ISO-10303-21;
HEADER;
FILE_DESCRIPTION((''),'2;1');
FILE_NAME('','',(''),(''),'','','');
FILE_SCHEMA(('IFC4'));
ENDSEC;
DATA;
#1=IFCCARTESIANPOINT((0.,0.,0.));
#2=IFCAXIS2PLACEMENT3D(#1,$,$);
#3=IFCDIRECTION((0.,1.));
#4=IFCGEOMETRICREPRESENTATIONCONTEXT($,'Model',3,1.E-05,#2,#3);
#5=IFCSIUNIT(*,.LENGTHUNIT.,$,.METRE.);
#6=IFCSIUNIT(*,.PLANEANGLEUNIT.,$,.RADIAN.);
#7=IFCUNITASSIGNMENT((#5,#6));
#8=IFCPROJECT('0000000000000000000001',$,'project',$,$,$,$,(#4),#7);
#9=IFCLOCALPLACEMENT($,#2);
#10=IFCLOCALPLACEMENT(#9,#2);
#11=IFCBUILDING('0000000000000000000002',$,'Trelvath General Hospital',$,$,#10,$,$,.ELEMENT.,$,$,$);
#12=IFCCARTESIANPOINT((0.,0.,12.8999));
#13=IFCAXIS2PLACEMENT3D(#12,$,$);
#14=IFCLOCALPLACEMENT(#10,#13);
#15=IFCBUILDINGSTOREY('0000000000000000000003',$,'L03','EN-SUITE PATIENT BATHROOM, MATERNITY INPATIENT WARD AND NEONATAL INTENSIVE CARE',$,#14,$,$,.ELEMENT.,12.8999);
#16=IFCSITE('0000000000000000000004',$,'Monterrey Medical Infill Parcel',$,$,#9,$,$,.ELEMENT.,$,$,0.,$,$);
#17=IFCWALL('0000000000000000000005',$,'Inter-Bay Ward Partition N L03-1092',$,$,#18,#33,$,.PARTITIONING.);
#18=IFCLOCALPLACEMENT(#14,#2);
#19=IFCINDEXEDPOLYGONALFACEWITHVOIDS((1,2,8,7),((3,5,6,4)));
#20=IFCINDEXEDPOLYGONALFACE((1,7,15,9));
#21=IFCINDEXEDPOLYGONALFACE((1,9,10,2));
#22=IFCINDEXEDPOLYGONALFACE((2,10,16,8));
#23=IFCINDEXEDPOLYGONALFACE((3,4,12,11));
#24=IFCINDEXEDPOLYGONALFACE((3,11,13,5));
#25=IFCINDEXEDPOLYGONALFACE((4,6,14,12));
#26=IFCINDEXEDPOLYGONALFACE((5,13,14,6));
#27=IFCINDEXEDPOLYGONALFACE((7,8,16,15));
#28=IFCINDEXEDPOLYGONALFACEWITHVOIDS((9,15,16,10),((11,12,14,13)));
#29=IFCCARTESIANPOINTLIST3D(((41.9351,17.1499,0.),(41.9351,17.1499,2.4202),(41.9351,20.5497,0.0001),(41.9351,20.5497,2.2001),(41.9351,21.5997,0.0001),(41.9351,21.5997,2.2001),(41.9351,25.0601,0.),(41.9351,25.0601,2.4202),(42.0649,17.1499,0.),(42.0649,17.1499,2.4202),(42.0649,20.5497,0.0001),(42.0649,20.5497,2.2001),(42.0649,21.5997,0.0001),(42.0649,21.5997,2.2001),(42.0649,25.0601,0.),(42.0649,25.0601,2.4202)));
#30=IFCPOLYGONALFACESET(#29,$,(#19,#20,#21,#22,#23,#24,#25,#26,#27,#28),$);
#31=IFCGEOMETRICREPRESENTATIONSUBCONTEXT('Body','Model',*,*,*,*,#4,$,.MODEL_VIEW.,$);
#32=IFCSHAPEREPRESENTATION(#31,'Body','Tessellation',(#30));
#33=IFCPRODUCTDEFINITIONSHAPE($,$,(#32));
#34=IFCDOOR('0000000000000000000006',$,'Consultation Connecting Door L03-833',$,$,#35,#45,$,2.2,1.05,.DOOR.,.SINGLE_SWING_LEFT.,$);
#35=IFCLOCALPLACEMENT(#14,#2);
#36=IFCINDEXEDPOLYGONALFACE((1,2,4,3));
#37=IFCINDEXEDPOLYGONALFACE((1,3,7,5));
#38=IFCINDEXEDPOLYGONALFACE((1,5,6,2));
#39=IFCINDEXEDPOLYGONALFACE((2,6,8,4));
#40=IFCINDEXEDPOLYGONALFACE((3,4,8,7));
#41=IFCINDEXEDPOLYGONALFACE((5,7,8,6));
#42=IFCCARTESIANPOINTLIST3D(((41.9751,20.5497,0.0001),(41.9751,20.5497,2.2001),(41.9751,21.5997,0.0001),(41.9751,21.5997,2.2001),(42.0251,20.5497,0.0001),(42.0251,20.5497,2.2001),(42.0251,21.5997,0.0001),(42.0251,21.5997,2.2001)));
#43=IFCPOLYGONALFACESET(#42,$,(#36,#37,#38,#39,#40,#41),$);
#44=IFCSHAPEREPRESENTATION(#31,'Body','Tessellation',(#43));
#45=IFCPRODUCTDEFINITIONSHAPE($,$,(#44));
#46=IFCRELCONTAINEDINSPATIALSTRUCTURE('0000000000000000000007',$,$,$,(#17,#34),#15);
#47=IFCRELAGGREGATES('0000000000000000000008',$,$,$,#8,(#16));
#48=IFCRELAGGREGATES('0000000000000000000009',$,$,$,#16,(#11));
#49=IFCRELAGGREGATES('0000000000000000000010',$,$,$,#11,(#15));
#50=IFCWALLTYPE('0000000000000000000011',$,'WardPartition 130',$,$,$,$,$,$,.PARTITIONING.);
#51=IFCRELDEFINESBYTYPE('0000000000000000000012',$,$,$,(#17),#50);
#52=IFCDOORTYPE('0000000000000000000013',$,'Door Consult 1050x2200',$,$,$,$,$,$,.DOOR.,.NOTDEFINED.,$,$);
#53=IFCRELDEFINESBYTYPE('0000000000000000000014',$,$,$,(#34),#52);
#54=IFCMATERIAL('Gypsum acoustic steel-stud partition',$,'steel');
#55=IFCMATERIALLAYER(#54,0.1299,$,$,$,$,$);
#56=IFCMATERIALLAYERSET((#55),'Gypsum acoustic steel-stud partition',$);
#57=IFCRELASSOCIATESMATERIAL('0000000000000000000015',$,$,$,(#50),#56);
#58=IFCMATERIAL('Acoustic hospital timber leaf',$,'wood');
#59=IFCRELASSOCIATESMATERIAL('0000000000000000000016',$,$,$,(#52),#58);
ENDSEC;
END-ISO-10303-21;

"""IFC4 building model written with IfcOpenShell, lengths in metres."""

from ifc_helpers import new_model, si_unit, direction, frame, frame_2d, origin, place, context, subcontext, project, spatial, rectangle, extrude, material, layer, layer_set, type_object, element, fill, save


model = new_model("IFC4")

# Units and contexts
model_context = context("Model", 3, precision=1e-05, world=origin(), true_north=direction((0.0, 1.0)))
body_context = subcontext(model_context, "Body", "Model", "MODEL_VIEW")
ifc_project = project(units=[si_unit("LENGTHUNIT", "METRE"), si_unit("PLANEANGLEUNIT", "RADIAN")], contexts=[model_context])

# Site, building, storey
site_placement = place(None, origin())
site = spatial("IfcSite", under=ifc_project, at=site_placement, Name="Monterrey Medical Infill Parcel", CompositionType="ELEMENT", RefElevation=0.0)
building_placement = place(site_placement, origin())
building = spatial("IfcBuilding", under=site, at=building_placement, Name="Trelvath General Hospital", CompositionType="ELEMENT")
storey_placement = place(building_placement, frame((0.0, 0.0, 12.8999)))
storey = spatial("IfcBuildingStorey", under=building, at=storey_placement, Name="L03", Description="EN-SUITE PATIENT BATHROOM, MATERNITY INPATIENT WARD AND NEONATAL INTENSIVE CARE", CompositionType="ELEMENT", Elevation=12.8999)

# Wall, opening, door
ifc_material_1 = material(Name="Gypsum acoustic steel-stud partition", Category="steel")
ifc_layer_1 = layer(ifc_material_1, 0.1299)
ifc_layer_set_1 = layer_set([ifc_layer_1], Name="Gypsum acoustic steel-stud partition")
wall_type_1 = type_object("IfcWallType", Name="WardPartition 130", PredefinedType="PARTITIONING", material=ifc_layer_set_1)
wall_1_placement = place(storey_placement, frame((42.0, 17.1499, 0.0), z_axis=(0.0, 0.0, 1.0), x_axis=(0.0, 1.0, 0.0)))
wall_1 = element("IfcWall", 1, at=wall_1_placement, inside=storey, type_object=wall_type_1, Name="Inter-Bay Ward Partition N L03-1092", PredefinedType="PARTITIONING", context=body_context, shape_type="SweptSolid", body=[
    extrude(rectangle(XDim=7.9102, YDim=0.1299, at=frame_2d((3.9551, 0.0))), origin(), (0.0, 0.0, 1.0), 2.4202),
])
opening_1_placement = place(wall_1_placement, frame((3.3999, 0.0, 0.0)))
opening_1 = element("IfcOpeningElement", 2, at=opening_1_placement, cuts=wall_1, PredefinedType="OPENING", context=body_context, shape_type="SweptSolid", body=[
    extrude(rectangle(XDim=1.05, YDim=2.2, at=frame_2d((0.5249, 1.1001))), frame((0.0, 0.075, 0.0), z_axis=(0.0, -1.0, 0.0), x_axis=(1.0, 0.0, 0.0)), (0.0, 0.0, 1.0), 0.1499),
])
ifc_material_2 = material(Name="Acoustic hospital timber leaf", Category="wood")
door_type_1 = type_object("IfcDoorType", Name="Door Consult 1050x2200", OperationType="NOTDEFINED", PredefinedType="DOOR", material=ifc_material_2)
door_1_placement = place(opening_1_placement, origin())
door_1 = element("IfcDoor", 3, at=door_1_placement, inside=storey, type_object=door_type_1, Name="Consultation Connecting Door L03-833", OperationType="SINGLE_SWING_LEFT", OverallHeight=2.2, OverallWidth=1.05, PredefinedType="DOOR", context=body_context, shape_type="SweptSolid", body=[
    extrude(rectangle(XDim=1.05, YDim=2.2, at=frame_2d((0.5249, 1.1001))), frame((0.0, 0.0249, 0.0), z_axis=(0.0, -1.0, 0.0), x_axis=(1.0, 0.0, 0.0)), (0.0, 0.0, 1.0), 0.05),
])
fill(opening_1, door_1)

save(model, "model.ifc")
